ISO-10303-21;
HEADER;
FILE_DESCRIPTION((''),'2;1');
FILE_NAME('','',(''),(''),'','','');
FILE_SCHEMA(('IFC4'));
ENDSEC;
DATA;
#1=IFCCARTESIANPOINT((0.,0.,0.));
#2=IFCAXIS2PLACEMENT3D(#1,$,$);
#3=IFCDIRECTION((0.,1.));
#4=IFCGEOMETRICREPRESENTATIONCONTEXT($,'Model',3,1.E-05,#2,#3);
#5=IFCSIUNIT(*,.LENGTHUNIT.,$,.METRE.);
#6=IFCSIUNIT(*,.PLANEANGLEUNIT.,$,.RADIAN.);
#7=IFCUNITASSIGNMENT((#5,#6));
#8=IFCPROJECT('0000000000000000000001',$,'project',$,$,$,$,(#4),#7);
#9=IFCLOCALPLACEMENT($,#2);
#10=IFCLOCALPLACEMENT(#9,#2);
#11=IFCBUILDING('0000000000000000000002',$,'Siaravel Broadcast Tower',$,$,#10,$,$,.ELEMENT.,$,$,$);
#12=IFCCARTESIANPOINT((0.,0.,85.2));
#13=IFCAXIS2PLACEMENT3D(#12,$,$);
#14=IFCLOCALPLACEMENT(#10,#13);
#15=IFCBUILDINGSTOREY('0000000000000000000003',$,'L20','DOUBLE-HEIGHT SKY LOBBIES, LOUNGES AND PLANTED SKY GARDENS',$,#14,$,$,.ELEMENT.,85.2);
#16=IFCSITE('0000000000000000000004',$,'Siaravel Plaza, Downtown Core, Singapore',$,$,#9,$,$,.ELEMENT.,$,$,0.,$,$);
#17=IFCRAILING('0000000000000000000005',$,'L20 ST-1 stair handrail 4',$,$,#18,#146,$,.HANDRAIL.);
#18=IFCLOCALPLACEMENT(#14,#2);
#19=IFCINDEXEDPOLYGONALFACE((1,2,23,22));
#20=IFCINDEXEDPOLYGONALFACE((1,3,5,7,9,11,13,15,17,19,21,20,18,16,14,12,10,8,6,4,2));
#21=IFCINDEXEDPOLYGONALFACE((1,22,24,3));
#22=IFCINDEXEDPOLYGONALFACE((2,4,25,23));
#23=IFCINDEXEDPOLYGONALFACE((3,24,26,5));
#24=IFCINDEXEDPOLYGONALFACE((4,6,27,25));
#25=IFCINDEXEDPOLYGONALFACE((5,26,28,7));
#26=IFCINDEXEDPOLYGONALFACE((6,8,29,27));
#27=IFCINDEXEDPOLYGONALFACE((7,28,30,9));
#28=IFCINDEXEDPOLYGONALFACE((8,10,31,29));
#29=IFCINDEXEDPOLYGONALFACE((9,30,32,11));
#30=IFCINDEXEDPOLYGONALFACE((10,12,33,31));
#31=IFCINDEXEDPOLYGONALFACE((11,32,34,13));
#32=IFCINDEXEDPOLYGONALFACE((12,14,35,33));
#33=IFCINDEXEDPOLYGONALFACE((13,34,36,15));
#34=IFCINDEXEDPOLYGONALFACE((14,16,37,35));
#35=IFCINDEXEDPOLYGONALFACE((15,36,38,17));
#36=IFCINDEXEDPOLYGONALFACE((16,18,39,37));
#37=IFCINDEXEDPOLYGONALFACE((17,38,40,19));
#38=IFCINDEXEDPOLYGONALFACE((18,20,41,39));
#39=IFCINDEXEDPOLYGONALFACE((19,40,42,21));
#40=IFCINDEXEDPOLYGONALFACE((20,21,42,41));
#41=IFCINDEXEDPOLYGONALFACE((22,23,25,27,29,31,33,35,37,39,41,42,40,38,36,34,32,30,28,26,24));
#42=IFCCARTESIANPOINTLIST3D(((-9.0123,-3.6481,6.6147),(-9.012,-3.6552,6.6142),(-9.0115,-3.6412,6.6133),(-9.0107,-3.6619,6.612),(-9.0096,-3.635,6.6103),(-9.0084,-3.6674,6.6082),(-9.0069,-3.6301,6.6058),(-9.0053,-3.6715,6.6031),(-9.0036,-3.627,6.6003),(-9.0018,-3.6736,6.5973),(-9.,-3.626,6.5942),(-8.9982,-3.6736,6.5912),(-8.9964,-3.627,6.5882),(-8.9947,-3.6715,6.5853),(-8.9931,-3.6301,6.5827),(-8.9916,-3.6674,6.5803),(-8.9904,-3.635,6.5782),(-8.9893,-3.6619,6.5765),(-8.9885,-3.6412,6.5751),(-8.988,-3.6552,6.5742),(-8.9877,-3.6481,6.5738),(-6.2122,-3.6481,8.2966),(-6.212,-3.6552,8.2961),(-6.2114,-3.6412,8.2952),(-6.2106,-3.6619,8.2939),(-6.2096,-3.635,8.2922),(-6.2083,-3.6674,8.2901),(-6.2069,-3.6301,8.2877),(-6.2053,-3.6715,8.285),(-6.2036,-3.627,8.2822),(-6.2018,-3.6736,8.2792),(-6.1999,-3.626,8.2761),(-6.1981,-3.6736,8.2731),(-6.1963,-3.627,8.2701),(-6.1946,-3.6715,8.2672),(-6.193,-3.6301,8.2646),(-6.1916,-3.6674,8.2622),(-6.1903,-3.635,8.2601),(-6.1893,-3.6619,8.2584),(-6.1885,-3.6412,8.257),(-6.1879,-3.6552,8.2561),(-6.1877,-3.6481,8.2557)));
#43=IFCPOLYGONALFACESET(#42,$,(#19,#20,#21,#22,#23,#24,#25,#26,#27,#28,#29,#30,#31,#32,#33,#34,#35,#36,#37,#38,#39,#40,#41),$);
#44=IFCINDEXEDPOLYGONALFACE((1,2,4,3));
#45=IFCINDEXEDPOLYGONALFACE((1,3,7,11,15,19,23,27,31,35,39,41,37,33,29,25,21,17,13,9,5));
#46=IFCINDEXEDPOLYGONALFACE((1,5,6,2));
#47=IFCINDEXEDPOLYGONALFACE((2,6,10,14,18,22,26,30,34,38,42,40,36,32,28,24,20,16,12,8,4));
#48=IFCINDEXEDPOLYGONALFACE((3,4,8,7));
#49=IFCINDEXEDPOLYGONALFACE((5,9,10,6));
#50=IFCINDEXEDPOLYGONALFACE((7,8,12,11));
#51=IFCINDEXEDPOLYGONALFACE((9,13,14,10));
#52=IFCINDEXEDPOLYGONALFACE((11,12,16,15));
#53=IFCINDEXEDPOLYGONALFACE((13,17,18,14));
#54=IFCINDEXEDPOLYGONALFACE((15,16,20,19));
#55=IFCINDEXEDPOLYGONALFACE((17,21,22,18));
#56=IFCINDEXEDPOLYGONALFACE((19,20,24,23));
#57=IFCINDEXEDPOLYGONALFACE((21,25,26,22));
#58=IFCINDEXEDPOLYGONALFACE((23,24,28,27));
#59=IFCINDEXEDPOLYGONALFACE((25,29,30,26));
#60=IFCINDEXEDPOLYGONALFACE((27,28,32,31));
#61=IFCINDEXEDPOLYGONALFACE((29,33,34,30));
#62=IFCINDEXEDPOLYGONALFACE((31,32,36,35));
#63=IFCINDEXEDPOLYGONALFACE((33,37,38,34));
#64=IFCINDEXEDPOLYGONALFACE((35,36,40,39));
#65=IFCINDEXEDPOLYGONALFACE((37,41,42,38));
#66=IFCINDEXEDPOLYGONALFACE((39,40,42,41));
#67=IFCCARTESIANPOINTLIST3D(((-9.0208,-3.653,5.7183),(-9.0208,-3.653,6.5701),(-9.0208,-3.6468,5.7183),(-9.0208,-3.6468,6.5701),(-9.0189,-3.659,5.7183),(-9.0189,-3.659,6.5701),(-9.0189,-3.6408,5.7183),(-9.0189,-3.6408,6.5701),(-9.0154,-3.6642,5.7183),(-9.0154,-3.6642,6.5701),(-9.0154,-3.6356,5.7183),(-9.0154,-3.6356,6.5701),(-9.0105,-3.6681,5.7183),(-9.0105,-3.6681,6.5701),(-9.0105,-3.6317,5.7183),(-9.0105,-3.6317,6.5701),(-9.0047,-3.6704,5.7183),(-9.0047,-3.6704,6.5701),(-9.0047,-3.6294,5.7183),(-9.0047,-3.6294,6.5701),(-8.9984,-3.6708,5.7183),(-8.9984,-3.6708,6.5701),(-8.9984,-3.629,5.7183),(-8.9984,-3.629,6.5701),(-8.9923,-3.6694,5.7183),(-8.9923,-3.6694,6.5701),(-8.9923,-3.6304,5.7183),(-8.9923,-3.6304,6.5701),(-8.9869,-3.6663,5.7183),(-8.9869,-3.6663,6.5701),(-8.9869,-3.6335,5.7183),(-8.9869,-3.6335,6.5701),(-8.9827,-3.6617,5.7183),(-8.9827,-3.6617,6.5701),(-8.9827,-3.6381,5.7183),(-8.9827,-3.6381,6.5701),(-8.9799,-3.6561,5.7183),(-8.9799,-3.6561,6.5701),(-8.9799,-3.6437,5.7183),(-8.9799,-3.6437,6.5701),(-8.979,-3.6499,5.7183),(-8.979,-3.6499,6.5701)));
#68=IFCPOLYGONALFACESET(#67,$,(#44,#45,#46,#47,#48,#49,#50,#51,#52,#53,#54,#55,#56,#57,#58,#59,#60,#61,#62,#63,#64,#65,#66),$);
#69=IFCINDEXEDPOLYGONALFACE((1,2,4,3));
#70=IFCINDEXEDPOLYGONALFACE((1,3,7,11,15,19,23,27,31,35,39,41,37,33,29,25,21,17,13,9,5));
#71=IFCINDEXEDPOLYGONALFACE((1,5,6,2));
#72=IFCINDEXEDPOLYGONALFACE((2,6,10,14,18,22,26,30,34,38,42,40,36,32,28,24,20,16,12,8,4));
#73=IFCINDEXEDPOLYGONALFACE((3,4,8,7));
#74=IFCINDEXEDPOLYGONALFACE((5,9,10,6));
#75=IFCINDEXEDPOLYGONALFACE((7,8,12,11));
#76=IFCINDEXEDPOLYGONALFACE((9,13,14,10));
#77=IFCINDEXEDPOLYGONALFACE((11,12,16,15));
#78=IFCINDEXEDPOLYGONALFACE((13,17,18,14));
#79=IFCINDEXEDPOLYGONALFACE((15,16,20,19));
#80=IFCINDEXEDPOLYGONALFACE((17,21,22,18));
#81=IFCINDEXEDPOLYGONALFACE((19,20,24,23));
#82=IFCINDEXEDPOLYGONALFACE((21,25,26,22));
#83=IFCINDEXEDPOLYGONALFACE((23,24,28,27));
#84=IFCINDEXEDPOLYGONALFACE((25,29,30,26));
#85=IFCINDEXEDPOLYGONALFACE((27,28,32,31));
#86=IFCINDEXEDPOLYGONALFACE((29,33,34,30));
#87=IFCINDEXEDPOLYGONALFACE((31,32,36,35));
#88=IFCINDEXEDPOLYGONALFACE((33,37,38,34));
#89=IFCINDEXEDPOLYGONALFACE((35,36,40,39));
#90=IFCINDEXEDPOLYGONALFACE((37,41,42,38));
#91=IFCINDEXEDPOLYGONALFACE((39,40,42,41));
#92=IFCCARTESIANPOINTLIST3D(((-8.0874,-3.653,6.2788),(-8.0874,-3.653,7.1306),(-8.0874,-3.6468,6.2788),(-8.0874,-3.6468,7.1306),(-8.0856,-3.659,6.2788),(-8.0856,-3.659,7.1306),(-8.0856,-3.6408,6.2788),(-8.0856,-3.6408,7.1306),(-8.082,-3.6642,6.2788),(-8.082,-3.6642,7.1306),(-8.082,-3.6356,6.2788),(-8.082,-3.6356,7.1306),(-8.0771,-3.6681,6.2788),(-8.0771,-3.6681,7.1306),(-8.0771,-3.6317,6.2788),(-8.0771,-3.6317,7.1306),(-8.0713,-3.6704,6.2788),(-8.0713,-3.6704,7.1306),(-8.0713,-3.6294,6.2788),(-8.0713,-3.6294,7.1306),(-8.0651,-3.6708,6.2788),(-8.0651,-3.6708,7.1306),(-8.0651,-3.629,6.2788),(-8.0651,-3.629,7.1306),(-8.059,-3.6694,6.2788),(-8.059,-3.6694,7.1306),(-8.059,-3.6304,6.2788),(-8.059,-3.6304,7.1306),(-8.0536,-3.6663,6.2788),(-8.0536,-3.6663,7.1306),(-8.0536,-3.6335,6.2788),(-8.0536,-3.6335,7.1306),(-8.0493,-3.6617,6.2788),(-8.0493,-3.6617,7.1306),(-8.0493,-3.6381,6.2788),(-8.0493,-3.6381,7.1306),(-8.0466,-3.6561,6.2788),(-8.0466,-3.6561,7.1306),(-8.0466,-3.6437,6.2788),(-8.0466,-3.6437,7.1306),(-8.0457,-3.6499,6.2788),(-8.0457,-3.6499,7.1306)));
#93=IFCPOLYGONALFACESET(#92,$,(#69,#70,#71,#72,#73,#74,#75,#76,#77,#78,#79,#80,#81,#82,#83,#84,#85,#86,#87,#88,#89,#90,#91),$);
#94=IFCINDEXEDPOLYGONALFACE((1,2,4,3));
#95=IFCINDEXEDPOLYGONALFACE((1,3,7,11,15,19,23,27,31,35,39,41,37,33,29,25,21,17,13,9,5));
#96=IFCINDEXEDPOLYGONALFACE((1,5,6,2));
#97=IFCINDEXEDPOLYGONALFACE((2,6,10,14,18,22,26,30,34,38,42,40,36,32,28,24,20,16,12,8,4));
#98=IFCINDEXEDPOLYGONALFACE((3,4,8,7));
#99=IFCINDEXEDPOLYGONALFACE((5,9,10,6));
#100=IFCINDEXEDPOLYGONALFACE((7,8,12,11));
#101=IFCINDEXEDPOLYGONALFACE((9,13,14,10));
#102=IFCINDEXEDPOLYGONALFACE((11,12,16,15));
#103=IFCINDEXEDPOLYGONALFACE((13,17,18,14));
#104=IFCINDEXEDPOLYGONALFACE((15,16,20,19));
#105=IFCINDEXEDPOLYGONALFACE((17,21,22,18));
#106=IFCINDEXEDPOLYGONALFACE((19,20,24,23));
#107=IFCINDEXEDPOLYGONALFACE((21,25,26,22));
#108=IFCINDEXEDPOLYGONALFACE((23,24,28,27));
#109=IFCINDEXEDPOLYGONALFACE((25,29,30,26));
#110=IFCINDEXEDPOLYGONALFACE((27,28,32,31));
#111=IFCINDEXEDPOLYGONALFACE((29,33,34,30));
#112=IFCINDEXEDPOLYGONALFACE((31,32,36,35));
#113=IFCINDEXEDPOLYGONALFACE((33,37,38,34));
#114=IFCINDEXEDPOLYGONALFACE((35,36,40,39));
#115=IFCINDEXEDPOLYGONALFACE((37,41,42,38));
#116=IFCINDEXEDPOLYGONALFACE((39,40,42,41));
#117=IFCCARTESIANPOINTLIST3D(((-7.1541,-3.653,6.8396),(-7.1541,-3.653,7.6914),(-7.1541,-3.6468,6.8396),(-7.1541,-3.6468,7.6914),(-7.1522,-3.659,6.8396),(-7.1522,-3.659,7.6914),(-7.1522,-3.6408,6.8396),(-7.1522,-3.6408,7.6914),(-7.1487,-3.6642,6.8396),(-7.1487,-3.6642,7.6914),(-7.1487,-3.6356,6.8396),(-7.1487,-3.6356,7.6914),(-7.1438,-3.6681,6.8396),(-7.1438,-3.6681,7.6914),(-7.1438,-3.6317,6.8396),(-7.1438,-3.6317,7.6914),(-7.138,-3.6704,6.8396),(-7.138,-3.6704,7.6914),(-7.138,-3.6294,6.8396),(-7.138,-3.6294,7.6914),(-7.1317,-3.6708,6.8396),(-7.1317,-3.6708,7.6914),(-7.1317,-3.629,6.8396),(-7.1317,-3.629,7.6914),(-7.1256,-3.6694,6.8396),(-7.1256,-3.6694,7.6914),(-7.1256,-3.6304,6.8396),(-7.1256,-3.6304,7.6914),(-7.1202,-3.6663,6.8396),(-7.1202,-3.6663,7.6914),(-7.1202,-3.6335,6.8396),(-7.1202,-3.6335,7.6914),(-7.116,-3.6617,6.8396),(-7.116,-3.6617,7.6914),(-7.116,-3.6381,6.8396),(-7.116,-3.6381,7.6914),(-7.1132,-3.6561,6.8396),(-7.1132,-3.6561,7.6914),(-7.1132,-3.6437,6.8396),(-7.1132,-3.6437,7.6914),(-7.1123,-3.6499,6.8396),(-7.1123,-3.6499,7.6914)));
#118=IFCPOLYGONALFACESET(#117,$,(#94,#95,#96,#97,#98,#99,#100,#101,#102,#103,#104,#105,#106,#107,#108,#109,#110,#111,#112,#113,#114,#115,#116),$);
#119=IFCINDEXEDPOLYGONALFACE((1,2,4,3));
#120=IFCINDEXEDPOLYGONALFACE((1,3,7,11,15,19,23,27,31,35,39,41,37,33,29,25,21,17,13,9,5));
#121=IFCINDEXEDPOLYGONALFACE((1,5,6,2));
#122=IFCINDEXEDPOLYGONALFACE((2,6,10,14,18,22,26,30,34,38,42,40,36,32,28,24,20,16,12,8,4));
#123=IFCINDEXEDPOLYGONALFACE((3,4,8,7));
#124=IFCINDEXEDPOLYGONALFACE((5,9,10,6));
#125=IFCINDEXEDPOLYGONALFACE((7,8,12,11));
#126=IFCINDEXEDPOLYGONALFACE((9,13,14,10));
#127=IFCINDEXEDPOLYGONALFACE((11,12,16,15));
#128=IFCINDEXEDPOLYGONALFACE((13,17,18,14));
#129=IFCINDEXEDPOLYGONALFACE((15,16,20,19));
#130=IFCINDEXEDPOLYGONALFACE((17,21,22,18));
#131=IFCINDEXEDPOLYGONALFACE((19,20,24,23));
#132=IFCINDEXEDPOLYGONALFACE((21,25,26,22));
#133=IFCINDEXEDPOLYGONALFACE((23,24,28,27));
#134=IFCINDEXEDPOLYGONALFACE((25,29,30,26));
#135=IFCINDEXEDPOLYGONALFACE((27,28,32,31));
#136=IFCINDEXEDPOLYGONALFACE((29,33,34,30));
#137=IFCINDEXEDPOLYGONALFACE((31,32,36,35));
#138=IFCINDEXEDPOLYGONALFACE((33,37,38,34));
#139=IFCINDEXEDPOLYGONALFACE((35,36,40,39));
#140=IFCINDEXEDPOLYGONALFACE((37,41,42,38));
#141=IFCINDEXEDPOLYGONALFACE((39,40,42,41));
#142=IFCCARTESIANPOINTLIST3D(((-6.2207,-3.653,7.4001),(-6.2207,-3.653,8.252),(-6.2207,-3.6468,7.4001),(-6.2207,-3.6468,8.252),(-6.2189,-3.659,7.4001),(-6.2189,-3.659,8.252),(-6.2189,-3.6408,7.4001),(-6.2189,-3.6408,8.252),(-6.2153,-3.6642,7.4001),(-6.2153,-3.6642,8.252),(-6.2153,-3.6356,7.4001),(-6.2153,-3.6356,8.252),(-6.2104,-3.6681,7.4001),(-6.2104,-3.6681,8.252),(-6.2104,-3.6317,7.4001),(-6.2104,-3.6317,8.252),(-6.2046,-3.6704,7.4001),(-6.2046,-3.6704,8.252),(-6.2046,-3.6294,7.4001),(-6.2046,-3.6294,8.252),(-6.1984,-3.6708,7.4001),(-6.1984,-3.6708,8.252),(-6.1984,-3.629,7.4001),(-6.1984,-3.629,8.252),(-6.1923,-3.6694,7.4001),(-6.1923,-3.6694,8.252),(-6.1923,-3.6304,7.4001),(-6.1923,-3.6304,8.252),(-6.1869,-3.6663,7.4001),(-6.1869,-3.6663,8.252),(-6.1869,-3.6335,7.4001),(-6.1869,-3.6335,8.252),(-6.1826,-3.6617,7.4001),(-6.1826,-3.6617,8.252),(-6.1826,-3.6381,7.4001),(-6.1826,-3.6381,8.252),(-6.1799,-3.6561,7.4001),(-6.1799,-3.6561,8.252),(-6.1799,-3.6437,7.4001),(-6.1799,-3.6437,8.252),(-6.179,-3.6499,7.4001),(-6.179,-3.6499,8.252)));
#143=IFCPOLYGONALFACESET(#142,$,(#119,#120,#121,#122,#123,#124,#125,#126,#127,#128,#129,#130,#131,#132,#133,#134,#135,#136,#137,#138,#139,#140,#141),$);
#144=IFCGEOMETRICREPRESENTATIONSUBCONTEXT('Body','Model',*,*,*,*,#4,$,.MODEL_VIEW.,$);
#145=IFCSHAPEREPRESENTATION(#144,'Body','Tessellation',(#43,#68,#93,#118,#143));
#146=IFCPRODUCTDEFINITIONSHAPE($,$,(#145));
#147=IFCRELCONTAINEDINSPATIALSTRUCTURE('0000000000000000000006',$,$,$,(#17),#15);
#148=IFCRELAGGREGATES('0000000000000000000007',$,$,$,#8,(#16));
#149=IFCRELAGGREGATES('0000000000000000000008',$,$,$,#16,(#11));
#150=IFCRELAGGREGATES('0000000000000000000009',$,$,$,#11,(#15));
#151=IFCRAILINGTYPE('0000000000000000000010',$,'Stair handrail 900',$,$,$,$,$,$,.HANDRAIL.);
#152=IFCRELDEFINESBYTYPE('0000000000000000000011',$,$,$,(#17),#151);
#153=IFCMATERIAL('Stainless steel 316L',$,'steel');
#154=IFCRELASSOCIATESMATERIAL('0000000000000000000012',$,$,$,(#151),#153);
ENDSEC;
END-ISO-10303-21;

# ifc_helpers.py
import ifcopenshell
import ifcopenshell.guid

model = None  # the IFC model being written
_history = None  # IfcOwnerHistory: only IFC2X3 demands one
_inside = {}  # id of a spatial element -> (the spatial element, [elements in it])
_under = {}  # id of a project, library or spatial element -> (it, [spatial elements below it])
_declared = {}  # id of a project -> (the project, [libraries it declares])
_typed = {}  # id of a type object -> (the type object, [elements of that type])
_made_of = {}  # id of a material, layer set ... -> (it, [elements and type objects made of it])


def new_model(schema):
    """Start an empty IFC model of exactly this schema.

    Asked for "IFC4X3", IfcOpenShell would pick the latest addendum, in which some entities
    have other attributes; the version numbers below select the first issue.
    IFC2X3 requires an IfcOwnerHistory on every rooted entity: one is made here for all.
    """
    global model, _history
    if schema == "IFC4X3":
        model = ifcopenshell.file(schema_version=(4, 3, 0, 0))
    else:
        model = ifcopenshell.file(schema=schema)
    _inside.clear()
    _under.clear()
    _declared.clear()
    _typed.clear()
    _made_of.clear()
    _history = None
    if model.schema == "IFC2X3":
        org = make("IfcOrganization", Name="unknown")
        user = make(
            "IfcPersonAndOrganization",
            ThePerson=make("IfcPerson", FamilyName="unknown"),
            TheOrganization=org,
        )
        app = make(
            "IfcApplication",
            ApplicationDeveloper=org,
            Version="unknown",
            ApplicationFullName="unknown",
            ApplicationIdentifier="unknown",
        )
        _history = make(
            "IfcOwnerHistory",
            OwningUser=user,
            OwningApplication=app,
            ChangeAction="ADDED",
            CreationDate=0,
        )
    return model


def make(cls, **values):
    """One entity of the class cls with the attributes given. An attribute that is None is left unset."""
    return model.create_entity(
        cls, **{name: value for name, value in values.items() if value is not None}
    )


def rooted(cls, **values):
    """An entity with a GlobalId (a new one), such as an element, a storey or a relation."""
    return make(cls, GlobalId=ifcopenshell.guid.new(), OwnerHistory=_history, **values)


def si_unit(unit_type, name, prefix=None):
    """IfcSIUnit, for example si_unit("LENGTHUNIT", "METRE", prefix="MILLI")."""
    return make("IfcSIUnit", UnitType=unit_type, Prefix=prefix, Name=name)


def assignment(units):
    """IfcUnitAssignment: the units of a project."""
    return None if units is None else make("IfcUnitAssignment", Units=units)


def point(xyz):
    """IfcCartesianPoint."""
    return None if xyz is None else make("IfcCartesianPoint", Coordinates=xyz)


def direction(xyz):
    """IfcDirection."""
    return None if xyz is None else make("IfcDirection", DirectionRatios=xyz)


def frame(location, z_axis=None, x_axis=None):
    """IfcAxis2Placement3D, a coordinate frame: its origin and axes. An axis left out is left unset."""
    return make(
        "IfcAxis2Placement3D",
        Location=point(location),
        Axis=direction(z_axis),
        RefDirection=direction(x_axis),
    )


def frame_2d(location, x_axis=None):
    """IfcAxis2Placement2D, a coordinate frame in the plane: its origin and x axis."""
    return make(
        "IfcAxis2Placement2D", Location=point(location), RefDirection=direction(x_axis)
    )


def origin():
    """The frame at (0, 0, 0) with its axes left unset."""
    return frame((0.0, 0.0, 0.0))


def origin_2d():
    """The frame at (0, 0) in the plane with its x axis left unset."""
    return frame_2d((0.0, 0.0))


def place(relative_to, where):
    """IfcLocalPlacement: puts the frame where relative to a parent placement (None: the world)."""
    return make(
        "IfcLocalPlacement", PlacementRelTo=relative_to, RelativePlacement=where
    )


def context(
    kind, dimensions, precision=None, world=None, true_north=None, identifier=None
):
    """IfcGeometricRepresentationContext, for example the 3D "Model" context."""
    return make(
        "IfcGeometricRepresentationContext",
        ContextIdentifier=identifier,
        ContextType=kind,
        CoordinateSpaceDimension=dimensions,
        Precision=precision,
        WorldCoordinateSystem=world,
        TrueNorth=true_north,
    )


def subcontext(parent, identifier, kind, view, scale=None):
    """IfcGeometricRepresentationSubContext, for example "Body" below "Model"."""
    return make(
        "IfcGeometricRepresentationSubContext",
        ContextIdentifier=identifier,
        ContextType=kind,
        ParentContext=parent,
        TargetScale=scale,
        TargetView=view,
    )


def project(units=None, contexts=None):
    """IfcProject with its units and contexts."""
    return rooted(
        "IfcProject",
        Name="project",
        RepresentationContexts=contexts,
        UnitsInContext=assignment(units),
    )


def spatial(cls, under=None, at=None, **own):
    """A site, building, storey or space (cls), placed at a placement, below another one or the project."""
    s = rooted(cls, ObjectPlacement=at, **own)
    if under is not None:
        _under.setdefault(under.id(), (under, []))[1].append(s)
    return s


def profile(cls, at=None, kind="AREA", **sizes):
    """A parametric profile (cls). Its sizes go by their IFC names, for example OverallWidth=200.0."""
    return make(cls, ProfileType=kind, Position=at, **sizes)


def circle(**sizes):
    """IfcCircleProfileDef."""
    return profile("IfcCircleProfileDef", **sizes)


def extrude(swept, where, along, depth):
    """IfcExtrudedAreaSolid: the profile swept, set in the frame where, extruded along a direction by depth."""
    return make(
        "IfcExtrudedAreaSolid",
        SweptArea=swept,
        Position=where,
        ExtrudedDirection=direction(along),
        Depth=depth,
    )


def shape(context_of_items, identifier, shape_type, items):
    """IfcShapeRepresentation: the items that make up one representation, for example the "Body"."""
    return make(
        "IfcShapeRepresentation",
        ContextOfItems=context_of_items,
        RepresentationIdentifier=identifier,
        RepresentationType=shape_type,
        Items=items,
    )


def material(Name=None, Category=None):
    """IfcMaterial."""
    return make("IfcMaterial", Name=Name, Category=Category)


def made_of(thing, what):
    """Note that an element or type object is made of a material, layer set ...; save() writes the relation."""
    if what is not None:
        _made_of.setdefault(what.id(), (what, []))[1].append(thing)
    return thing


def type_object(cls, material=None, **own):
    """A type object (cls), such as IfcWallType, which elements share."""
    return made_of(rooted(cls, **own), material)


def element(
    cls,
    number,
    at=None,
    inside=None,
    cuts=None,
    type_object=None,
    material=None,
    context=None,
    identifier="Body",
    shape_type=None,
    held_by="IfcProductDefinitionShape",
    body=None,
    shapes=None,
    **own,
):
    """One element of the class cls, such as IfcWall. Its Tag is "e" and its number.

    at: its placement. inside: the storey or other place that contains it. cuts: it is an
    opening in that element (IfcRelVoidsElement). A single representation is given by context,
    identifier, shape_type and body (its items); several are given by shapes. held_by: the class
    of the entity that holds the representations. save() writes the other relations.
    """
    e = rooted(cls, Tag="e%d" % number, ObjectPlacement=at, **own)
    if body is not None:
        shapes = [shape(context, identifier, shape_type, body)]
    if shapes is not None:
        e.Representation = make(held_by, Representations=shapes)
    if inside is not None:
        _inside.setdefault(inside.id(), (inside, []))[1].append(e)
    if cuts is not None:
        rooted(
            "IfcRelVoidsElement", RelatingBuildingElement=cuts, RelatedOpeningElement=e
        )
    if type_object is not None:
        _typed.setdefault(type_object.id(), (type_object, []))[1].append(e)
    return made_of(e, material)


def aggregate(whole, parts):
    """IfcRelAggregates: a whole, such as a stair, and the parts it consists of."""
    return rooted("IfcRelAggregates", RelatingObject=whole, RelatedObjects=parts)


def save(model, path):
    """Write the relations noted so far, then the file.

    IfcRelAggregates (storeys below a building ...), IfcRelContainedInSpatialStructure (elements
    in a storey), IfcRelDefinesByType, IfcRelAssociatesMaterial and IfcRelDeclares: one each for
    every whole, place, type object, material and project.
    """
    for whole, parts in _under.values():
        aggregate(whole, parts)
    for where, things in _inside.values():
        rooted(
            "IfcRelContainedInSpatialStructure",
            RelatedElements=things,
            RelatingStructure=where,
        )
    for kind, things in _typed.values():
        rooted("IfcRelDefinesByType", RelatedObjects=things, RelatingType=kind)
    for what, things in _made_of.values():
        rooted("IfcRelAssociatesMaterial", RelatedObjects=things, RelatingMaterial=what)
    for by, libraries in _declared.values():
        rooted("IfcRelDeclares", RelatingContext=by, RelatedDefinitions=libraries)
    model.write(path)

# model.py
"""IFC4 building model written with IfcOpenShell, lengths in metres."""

from ifc_helpers import new_model, si_unit, direction, frame, origin, origin_2d, place, context, subcontext, project, spatial, circle, extrude, material, type_object, element, save


model = new_model("IFC4")

# Units and contexts
model_context = context("Model", 3, precision=1e-05, world=origin(), true_north=direction((0.0, 1.0)))
body_context = subcontext(model_context, "Body", "Model", "MODEL_VIEW")
ifc_project = project(units=[si_unit("LENGTHUNIT", "METRE"), si_unit("PLANEANGLEUNIT", "RADIAN")], contexts=[model_context])

# Site, building, storey
site_placement = place(None, origin())
site = spatial("IfcSite", under=ifc_project, at=site_placement, Name="Siaravel Plaza, Downtown Core, Singapore", CompositionType="ELEMENT", RefElevation=0.0)
building_placement = place(site_placement, origin())
building = spatial("IfcBuilding", under=site, at=building_placement, Name="Siaravel Broadcast Tower", CompositionType="ELEMENT")
storey_placement = place(building_placement, frame((0.0, 0.0, 85.2)))
storey = spatial("IfcBuildingStorey", under=building, at=storey_placement, Name="L20", Description="DOUBLE-HEIGHT SKY LOBBIES, LOUNGES AND PLANTED SKY GARDENS", CompositionType="ELEMENT", Elevation=85.2)

# Railing
ifc_material_1 = material(Name="Stainless steel 316L", Category="steel")
railing_type_1 = type_object("IfcRailingType", Name="Stair handrail 900", PredefinedType="HANDRAIL", material=ifc_material_1)
railing_1_placement = place(storey_placement, frame((-9.0, -3.6499, 5.7183)))
element("IfcRailing", 1, at=railing_1_placement, inside=storey, type_object=railing_type_1, Name="L20 ST-1 stair handrail 4", PredefinedType="HANDRAIL", context=body_context, shape_type="SweptSolid", body=[
    extrude(circle(Radius=0.0239, at=origin_2d()), frame((0.0, 0.0, 0.876), z_axis=(0.857242, 0.0, 0.514913), x_axis=(0.0, 1.0, 0.0)), (0.0, 0.0, 1.0), 3.2664),
    extrude(circle(Radius=0.021, at=origin_2d()), origin(), (0.0, 0.0, 1.0), 0.8518),
    extrude(circle(Radius=0.021, at=origin_2d()), frame((0.9333, 0.0, 0.5605)), (0.0, 0.0, 1.0), 0.8518),
    extrude(circle(Radius=0.021, at=origin_2d()), frame((1.8667, 0.0, 1.1213)), (0.0, 0.0, 1.0), 0.8518),
    extrude(circle(Radius=0.021, at=origin_2d()), frame((2.8, 0.0, 1.6819)), (0.0, 0.0, 1.0), 0.8518),
])

save(model, "model.ifc")
